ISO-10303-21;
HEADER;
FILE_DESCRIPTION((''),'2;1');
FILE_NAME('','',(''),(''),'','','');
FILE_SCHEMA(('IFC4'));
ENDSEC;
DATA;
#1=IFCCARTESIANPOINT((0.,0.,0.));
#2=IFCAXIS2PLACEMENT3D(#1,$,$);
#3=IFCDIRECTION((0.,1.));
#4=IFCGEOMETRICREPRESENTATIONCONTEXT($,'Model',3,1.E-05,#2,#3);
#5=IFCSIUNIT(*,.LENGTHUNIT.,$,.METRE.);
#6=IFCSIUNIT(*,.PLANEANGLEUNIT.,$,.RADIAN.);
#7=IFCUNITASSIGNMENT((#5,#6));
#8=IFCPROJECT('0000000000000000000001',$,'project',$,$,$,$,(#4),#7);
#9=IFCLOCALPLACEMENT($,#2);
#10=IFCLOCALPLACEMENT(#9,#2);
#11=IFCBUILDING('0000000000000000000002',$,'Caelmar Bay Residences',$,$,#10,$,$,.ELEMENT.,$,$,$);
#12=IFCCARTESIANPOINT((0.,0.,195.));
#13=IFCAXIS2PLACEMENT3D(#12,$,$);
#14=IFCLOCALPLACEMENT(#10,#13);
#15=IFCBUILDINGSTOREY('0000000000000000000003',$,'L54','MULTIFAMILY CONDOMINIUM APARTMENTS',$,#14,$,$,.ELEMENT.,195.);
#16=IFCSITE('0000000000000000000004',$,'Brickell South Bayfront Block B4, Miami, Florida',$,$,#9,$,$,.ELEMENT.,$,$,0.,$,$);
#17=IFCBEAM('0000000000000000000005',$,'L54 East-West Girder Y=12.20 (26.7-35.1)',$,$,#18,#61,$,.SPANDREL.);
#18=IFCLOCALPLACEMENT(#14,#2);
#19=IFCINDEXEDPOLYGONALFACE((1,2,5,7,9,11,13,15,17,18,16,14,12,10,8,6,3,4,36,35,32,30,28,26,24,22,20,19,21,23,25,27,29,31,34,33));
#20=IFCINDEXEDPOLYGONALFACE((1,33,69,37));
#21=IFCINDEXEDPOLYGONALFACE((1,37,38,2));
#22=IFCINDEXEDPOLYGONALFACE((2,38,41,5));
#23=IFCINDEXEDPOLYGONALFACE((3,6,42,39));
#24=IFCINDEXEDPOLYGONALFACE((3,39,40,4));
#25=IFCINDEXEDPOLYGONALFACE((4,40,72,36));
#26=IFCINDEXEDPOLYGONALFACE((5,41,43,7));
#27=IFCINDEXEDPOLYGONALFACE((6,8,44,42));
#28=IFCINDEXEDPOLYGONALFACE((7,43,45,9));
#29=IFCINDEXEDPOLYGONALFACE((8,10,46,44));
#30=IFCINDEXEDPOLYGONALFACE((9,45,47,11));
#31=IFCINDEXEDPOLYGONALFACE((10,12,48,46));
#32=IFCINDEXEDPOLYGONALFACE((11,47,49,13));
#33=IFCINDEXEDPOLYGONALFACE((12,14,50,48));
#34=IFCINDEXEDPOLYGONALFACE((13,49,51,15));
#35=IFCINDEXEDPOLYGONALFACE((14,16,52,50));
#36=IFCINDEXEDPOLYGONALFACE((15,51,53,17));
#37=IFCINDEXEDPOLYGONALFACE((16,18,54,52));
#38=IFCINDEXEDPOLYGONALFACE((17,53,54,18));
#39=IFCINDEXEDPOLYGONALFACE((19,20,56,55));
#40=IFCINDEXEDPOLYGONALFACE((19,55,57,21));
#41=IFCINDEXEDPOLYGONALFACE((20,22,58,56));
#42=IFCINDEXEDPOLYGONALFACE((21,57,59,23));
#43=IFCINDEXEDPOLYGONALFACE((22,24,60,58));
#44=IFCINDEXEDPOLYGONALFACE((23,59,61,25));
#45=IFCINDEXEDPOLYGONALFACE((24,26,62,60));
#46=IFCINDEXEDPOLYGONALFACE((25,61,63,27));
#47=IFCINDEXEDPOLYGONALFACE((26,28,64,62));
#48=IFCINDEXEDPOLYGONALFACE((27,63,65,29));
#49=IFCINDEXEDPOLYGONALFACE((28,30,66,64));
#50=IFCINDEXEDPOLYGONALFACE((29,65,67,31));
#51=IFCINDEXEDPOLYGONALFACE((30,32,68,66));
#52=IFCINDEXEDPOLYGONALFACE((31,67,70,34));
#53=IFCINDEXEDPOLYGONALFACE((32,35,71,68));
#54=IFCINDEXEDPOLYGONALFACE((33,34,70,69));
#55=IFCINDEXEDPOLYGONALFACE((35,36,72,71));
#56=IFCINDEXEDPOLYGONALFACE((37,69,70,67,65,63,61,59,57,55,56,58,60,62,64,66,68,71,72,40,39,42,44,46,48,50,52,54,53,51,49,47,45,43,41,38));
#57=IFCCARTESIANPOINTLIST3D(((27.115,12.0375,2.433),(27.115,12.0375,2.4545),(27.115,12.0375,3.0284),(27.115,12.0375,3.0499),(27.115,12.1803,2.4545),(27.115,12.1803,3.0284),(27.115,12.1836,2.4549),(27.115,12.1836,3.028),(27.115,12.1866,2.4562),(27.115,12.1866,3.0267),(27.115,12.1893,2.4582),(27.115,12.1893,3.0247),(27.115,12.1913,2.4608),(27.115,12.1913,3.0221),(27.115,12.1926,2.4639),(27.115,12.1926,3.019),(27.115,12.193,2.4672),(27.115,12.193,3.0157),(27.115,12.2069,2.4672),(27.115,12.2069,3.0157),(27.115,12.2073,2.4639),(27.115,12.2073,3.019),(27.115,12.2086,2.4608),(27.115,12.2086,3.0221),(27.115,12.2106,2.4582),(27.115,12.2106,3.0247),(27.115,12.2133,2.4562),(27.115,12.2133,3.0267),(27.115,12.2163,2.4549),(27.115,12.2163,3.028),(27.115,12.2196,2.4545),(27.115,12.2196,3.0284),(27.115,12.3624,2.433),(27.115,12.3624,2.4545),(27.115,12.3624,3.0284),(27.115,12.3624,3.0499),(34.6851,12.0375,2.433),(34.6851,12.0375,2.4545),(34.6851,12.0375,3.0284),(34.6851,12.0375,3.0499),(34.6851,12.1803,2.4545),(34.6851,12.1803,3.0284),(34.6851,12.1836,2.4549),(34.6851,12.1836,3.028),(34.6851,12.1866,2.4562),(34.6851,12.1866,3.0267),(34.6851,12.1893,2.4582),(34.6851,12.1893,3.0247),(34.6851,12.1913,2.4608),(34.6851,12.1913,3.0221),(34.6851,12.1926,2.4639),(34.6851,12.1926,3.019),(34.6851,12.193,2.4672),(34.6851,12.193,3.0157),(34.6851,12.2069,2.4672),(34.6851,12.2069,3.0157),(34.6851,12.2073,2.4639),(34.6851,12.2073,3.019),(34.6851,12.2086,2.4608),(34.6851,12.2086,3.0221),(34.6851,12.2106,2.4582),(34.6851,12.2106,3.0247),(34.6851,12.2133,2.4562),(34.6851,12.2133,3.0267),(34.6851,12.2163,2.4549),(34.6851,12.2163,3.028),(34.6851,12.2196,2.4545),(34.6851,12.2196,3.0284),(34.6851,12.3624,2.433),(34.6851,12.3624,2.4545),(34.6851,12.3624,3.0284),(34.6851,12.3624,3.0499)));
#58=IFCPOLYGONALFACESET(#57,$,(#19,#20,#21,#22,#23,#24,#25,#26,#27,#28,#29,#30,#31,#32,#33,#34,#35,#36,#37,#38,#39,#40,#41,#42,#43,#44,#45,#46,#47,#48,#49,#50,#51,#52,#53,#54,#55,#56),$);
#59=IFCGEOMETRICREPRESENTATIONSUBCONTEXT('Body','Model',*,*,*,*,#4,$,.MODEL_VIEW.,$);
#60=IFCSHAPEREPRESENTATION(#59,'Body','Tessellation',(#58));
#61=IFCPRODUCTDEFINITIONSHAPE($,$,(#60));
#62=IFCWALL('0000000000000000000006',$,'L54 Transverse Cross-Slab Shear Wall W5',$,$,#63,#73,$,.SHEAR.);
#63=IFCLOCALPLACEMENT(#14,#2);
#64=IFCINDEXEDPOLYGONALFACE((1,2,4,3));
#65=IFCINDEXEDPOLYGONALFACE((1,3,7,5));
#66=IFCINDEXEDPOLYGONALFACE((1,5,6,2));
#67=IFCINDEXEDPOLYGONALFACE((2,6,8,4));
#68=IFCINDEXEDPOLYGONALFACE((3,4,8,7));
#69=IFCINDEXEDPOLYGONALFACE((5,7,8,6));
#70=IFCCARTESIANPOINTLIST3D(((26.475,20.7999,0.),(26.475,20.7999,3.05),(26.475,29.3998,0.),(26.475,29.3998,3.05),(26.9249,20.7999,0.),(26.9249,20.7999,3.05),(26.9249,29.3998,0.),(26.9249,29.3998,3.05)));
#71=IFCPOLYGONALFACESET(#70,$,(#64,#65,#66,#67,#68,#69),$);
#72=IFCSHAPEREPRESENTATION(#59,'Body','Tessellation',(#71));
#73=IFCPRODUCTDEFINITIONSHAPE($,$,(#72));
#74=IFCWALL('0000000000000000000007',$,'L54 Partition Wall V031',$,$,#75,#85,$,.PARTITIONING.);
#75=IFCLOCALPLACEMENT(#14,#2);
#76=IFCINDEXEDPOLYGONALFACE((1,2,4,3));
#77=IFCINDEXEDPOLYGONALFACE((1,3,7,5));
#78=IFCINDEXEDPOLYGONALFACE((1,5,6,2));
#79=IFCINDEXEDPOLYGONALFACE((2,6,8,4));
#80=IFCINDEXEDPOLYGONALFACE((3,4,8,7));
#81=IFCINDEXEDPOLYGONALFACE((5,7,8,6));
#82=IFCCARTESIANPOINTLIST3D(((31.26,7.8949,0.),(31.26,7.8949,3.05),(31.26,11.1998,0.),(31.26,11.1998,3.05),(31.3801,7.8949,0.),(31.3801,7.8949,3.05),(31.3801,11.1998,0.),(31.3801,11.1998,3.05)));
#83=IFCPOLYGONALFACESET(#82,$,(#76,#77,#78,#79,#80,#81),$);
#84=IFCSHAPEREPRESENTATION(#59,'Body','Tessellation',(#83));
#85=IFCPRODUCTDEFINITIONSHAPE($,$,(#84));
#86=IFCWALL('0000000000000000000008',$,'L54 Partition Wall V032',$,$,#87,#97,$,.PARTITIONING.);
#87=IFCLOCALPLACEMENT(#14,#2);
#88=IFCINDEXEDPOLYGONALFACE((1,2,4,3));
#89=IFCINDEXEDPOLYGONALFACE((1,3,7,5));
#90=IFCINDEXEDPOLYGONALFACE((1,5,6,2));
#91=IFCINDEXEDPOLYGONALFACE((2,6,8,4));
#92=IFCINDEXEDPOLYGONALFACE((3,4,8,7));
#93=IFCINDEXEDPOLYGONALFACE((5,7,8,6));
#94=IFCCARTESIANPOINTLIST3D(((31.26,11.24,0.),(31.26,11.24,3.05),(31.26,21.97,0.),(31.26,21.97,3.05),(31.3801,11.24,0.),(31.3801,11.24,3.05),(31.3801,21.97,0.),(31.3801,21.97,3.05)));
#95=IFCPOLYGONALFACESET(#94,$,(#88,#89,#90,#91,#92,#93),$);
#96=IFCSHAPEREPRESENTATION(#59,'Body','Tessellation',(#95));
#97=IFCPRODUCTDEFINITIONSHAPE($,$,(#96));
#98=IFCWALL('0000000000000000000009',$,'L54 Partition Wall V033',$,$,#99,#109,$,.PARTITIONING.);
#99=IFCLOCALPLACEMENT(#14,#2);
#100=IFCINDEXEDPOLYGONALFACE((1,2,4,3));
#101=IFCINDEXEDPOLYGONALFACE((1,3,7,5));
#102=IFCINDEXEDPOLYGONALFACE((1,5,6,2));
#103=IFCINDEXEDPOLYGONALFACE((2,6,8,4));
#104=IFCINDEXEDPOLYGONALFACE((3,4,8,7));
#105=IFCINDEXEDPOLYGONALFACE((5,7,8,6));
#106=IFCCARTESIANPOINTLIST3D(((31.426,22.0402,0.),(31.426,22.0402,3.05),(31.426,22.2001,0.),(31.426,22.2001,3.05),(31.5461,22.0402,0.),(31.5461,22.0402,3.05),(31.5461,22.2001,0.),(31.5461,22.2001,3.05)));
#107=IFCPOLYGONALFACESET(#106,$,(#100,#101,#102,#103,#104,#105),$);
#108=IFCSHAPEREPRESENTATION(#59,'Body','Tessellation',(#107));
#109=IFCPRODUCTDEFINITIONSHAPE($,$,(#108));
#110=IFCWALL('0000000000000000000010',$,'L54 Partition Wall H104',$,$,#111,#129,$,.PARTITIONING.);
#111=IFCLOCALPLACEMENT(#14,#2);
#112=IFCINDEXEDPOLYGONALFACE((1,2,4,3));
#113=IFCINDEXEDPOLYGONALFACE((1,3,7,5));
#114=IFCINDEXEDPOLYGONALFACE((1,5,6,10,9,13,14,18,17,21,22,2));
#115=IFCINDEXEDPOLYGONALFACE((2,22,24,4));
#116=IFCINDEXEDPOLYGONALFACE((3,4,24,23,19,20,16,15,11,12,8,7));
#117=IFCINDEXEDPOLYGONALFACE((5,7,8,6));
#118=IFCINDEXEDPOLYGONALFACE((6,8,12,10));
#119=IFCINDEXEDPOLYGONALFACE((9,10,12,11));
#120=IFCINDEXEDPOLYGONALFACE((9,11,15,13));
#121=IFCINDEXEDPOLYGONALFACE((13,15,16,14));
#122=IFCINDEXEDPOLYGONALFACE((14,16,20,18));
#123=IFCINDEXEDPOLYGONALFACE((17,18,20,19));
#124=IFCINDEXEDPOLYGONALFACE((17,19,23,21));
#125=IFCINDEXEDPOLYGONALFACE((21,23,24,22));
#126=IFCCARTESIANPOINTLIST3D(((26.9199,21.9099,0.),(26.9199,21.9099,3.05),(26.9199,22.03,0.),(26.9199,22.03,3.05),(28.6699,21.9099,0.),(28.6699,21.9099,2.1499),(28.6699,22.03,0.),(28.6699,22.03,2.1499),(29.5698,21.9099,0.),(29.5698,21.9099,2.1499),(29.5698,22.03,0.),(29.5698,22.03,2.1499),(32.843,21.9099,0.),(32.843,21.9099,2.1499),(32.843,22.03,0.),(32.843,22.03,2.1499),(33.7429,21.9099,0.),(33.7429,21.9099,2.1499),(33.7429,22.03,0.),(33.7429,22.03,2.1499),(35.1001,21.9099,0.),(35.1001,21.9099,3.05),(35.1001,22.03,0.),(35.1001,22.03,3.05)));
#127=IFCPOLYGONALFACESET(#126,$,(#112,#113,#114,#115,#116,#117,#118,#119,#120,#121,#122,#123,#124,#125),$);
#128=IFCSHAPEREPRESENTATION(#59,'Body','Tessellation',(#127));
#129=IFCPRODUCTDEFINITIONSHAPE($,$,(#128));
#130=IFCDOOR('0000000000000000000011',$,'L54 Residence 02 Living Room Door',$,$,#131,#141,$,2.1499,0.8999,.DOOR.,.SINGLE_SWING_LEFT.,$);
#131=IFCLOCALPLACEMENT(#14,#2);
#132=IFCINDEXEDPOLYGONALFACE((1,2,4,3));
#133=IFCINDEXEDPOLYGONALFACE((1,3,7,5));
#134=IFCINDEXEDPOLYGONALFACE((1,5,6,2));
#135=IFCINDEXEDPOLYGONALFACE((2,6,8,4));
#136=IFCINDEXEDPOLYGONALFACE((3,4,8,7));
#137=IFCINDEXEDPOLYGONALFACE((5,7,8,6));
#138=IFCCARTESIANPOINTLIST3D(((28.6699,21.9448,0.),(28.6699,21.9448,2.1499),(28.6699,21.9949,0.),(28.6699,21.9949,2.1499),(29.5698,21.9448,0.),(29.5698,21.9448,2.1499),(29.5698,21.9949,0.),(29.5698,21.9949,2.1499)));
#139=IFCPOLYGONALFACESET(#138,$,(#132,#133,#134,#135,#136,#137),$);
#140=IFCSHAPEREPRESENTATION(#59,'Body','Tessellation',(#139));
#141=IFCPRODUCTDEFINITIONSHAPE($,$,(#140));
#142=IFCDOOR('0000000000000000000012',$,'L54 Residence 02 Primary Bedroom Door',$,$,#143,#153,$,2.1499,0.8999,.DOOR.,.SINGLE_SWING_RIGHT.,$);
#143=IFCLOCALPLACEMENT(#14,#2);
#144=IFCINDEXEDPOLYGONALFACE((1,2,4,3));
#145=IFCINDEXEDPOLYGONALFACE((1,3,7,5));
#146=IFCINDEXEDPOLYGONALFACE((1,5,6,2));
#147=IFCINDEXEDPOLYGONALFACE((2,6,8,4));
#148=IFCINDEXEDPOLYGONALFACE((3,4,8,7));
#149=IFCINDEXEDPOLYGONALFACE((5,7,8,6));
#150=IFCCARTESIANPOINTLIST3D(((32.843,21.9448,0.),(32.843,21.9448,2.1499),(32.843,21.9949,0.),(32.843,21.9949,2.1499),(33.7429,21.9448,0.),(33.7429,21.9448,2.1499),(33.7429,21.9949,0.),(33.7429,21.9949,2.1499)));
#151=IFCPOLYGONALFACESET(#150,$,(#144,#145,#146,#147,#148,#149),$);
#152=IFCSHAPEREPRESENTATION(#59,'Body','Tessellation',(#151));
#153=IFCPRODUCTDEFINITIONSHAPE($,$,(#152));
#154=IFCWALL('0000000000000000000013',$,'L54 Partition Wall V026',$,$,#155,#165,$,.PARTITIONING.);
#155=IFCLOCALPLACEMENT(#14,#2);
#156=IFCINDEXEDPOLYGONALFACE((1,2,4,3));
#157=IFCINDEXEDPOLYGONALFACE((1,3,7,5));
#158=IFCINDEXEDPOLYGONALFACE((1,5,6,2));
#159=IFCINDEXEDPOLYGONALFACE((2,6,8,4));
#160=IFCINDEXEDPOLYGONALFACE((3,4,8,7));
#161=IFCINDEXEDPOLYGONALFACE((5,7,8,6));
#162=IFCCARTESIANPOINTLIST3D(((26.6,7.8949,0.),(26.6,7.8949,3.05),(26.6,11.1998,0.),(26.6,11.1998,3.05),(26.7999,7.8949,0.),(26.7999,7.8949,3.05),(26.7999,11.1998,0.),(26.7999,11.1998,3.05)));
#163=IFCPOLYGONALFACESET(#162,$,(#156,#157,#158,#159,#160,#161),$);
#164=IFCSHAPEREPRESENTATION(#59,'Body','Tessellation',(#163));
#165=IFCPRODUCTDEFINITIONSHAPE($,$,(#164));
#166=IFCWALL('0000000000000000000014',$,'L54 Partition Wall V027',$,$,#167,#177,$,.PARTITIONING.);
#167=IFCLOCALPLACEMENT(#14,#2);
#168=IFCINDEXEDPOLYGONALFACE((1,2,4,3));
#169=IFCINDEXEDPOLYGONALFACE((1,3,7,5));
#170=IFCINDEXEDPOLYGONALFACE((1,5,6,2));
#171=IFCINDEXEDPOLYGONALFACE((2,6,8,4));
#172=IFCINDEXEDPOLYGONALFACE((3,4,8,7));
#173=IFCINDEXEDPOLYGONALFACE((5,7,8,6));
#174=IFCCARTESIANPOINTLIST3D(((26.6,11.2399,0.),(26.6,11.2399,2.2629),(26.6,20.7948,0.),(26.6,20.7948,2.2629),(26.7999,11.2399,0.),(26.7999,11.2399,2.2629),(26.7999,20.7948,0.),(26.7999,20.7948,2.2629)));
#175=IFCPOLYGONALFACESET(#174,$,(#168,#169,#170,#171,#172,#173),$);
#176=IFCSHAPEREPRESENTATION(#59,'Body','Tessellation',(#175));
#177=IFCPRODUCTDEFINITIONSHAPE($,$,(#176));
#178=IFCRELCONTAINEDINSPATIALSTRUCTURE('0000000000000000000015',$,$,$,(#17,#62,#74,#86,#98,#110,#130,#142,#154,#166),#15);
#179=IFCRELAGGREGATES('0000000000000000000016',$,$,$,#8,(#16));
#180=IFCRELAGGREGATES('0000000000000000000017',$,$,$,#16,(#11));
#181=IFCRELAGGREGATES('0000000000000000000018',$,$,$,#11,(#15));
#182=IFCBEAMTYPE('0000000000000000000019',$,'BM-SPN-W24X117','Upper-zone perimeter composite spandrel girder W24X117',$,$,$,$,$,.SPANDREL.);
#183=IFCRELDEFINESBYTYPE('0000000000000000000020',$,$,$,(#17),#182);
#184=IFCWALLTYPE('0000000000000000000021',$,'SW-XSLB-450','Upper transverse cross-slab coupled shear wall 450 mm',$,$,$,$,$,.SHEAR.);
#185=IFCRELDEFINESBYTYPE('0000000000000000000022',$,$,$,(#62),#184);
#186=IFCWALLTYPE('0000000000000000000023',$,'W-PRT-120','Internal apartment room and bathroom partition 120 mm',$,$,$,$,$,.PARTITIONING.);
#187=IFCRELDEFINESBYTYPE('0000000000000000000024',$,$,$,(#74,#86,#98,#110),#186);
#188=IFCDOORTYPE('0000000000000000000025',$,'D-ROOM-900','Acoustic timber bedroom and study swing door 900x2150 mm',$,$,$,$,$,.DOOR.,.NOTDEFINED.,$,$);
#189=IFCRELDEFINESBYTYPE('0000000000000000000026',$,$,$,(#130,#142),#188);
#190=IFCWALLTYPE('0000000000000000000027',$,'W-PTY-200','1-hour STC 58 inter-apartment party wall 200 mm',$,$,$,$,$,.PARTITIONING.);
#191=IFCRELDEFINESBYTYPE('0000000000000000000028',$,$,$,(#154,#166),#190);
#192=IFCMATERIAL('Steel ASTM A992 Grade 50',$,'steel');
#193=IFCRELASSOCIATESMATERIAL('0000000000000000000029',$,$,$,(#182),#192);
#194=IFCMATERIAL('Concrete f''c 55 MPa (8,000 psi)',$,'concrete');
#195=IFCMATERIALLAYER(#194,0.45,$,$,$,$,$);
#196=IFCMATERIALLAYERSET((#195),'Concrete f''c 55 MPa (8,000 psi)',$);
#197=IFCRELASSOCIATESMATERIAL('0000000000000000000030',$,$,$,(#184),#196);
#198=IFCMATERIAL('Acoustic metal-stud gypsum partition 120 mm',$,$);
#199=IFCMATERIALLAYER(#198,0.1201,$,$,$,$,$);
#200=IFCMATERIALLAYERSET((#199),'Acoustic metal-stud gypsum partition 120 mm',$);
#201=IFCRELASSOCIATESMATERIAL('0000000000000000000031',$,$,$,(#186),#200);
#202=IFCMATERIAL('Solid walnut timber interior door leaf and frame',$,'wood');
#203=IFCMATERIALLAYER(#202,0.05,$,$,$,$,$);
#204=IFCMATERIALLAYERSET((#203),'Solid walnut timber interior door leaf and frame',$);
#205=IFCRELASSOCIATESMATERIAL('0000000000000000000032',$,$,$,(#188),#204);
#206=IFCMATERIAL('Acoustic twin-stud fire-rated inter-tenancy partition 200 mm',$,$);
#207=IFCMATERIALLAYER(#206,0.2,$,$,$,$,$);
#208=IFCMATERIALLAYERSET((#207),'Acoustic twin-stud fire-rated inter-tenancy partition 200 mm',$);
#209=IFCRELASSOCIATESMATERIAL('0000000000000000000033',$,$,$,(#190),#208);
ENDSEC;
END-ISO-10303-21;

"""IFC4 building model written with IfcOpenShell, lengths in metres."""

from ifc_helpers import new_model, si_unit, direction, frame, frame_2d, origin, origin_2d, place, context, subcontext, project, spatial, rectangle, i_section, extrude, material, layer, layer_set, material_profile, profile_set, type_object, element, fill, save


model = new_model("IFC4")

# Units and contexts
model_context = context("Model", 3, precision=1e-05, world=origin(), true_north=direction((0.0, 1.0)))
body_context = subcontext(model_context, "Body", "Model", "MODEL_VIEW")
ifc_project = project(units=[si_unit("LENGTHUNIT", "METRE"), si_unit("PLANEANGLEUNIT", "RADIAN")], contexts=[model_context])

# Site, building, storey
site_placement = place(None, origin())
site = spatial("IfcSite", under=ifc_project, at=site_placement, Name="Brickell South Bayfront Block B4, Miami, Florida", CompositionType="ELEMENT", RefElevation=0.0)
building_placement = place(site_placement, origin())
building = spatial("IfcBuilding", under=site, at=building_placement, Name="Caelmar Bay Residences", CompositionType="ELEMENT")
storey_placement = place(building_placement, frame((0.0, 0.0, 195.0)))
storey = spatial("IfcBuildingStorey", under=building, at=storey_placement, Name="L54", Description="MULTIFAMILY CONDOMINIUM APARTMENTS", CompositionType="ELEMENT", Elevation=195.0)

# Shared definitions
ifc_material_1 = material(Name="Concrete f'c 55 MPa (8,000 psi)", Category="concrete")

# Beam
ifc_material_2 = material(Name="Steel ASTM A992 Grade 50", Category="steel")
ifc_material_profile_1 = material_profile(ifc_material_2, i_section(OverallWidth=0.325, OverallDepth=0.6169, WebThickness=0.0139, FlangeThickness=0.0215, FilletRadius=0.0127, at=origin_2d()), Name="W24X117")
ifc_profile_set_1 = profile_set([ifc_material_profile_1], Name="Steel ASTM A992 Grade 50")
beam_type_1 = type_object("IfcBeamType", Name="BM-SPN-W24X117", Description="Upper-zone perimeter composite spandrel girder W24X117", PredefinedType="SPANDREL", material=ifc_profile_set_1)
beam_1_placement = place(storey_placement, frame((27.115, 12.2, 2.7415), z_axis=(1.0, 0.0, 0.0), x_axis=(0.0, 1.0, 0.0)))
element("IfcBeam", 1, at=beam_1_placement, inside=storey, type_object=beam_type_1, Name="L54 East-West Girder Y=12.20 (26.7-35.1)", PredefinedType="SPANDREL", context=body_context, shape_type="SweptSolid", body=[
    extrude(i_section(OverallWidth=0.325, OverallDepth=0.6169, WebThickness=0.0139, FlangeThickness=0.0215, FilletRadius=0.0127, at=origin_2d()), origin(), (0.0, 0.0, 1.0), 7.5701),
])

# Walls
ifc_layer_1 = layer(ifc_material_1, 0.45)
ifc_layer_set_1 = layer_set([ifc_layer_1], Name="Concrete f'c 55 MPa (8,000 psi)")
wall_type_1 = type_object("IfcWallType", Name="SW-XSLB-450", Description="Upper transverse cross-slab coupled shear wall 450 mm", PredefinedType="SHEAR", material=ifc_layer_set_1)
wall_1_placement = place(storey_placement, frame((26.7, 20.8, 0.0), z_axis=(0.0, 0.0, 1.0), x_axis=(0.0, 1.0, 0.0)))
element("IfcWall", 2, at=wall_1_placement, inside=storey, type_object=wall_type_1, Name="L54 Transverse Cross-Slab Shear Wall W5", PredefinedType="SHEAR", context=body_context, shape_type="SweptSolid", body=[
    extrude(rectangle(XDim=8.5999, YDim=0.45, at=frame_2d((4.2998, 0.0))), origin(), (0.0, 0.0, 1.0), 3.05),
])
ifc_material_3 = material(Name="Acoustic metal-stud gypsum partition 120 mm")
ifc_layer_2 = layer(ifc_material_3, 0.1201)
ifc_layer_set_2 = layer_set([ifc_layer_2], Name="Acoustic metal-stud gypsum partition 120 mm")
wall_type_2 = type_object("IfcWallType", Name="W-PRT-120", Description="Internal apartment room and bathroom partition 120 mm", PredefinedType="PARTITIONING", material=ifc_layer_set_2)
wall_2_placement = place(storey_placement, frame((31.3201, 7.895, 0.0), z_axis=(0.0, 0.0, 1.0), x_axis=(0.0, 1.0, 0.0)))
element("IfcWall", 3, at=wall_2_placement, inside=storey, type_object=wall_type_2, Name="L54 Partition Wall V031", PredefinedType="PARTITIONING", context=body_context, shape_type="SweptSolid", body=[
    extrude(rectangle(XDim=3.3049, YDim=0.1201, at=frame_2d((1.6523, 0.0))), origin(), (0.0, 0.0, 1.0), 3.05),
])
wall_3_placement = place(storey_placement, frame((31.3201, 11.24, 0.0), z_axis=(0.0, 0.0, 1.0), x_axis=(0.0, 1.0, 0.0)))
element("IfcWall", 4, at=wall_3_placement, inside=storey, type_object=wall_type_2, Name="L54 Partition Wall V032", PredefinedType="PARTITIONING", context=body_context, shape_type="SweptSolid", body=[
    extrude(rectangle(XDim=10.73, YDim=0.1201, at=frame_2d((5.365, 0.0))), origin(), (0.0, 0.0, 1.0), 3.05),
])
wall_4_placement = place(storey_placement, frame((31.4861, 22.04, 0.0), z_axis=(0.0, 0.0, 1.0), x_axis=(0.0, 1.0, 0.0)))
element("IfcWall", 5, at=wall_4_placement, inside=storey, type_object=wall_type_2, Name="L54 Partition Wall V033", PredefinedType="PARTITIONING", context=body_context, shape_type="SweptSolid", body=[
    extrude(rectangle(XDim=0.1599, YDim=0.1201, at=frame_2d((0.0801, 0.0))), origin(), (0.0, 0.0, 1.0), 3.05),
])

# Wall, openings, doors
wall_5_placement = place(storey_placement, frame((26.9199, 21.97, 0.0), z_axis=(0.0, 0.0, 1.0), x_axis=(1.0, 0.0, 0.0)))
wall_5 = element("IfcWall", 6, at=wall_5_placement, inside=storey, type_object=wall_type_2, Name="L54 Partition Wall H104", PredefinedType="PARTITIONING", context=body_context, shape_type="SweptSolid", body=[
    extrude(rectangle(XDim=8.1802, YDim=0.1201, at=frame_2d((4.0901, 0.0))), origin(), (0.0, 0.0, 1.0), 3.05),
])
opening_1_placement = place(wall_5_placement, frame((1.75, 0.0, 0.0)))
opening_1 = element("IfcOpeningElement", 7, at=opening_1_placement, cuts=wall_5, PredefinedType="OPENING", context=body_context, shape_type="SweptSolid", body=[
    extrude(rectangle(XDim=0.8999, YDim=2.1499, at=frame_2d((0.45, 1.075))), frame((0.0, 0.0701, 0.0), z_axis=(0.0, -1.0, 0.0), x_axis=(1.0, 0.0, 0.0)), (0.0, 0.0, 1.0), 0.1401),
])
opening_2_placement = place(wall_5_placement, frame((5.9231, 0.0, 0.0)))
opening_2 = element("IfcOpeningElement", 8, at=opening_2_placement, cuts=wall_5, PredefinedType="OPENING", context=body_context, shape_type="SweptSolid", body=[
    extrude(rectangle(XDim=0.8999, YDim=2.1499, at=frame_2d((0.45, 1.075))), frame((0.0, 0.0701, 0.0), z_axis=(0.0, -1.0, 0.0), x_axis=(1.0, 0.0, 0.0)), (0.0, 0.0, 1.0), 0.1401),
])
ifc_material_4 = material(Name="Solid walnut timber interior door leaf and frame", Category="wood")
ifc_layer_3 = layer(ifc_material_4, 0.05)
ifc_layer_set_3 = layer_set([ifc_layer_3], Name="Solid walnut timber interior door leaf and frame")
door_type = type_object("IfcDoorType", Name="D-ROOM-900", Description="Acoustic timber bedroom and study swing door 900x2150 mm", OperationType="NOTDEFINED", PredefinedType="DOOR", material=ifc_layer_set_3)
door_1_placement = place(opening_1_placement, origin())
door_1 = element("IfcDoor", 9, at=door_1_placement, inside=storey, type_object=door_type, Name="L54 Residence 02 Living Room Door", OperationType="SINGLE_SWING_LEFT", OverallHeight=2.1499, OverallWidth=0.8999, PredefinedType="DOOR", context=body_context, shape_type="SweptSolid", body=[
    extrude(rectangle(XDim=0.8999, YDim=2.1499, at=frame_2d((0.45, 1.075))), frame((0.0, 0.0249, 0.0), z_axis=(0.0, -1.0, 0.0), x_axis=(1.0, 0.0, 0.0)), (0.0, 0.0, 1.0), 0.05),
])
fill(opening_1, door_1)
door_2_placement = place(opening_2_placement, origin())
door_2 = element("IfcDoor", 10, at=door_2_placement, inside=storey, type_object=door_type, Name="L54 Residence 02 Primary Bedroom Door", OperationType="SINGLE_SWING_RIGHT", OverallHeight=2.1499, OverallWidth=0.8999, PredefinedType="DOOR", context=body_context, shape_type="SweptSolid", body=[
    extrude(rectangle(XDim=0.8999, YDim=2.1499, at=frame_2d((0.45, 1.075))), frame((0.0, 0.0249, 0.0), z_axis=(0.0, -1.0, 0.0), x_axis=(1.0, 0.0, 0.0)), (0.0, 0.0, 1.0), 0.05),
])
fill(opening_2, door_2)

# Walls
ifc_material_5 = material(Name="Acoustic twin-stud fire-rated inter-tenancy partition 200 mm")
ifc_layer_4 = layer(ifc_material_5, 0.2)
ifc_layer_set_4 = layer_set([ifc_layer_4], Name="Acoustic twin-stud fire-rated inter-tenancy partition 200 mm")
wall_type_3 = type_object("IfcWallType", Name="W-PTY-200", Description="1-hour STC 58 inter-apartment party wall 200 mm", PredefinedType="PARTITIONING", material=ifc_layer_set_4)
wall_6_placement = place(storey_placement, frame((26.7, 7.895, 0.0), z_axis=(0.0, 0.0, 1.0), x_axis=(0.0, 1.0, 0.0)))
element("IfcWall", 11, at=wall_6_placement, inside=storey, type_object=wall_type_3, Name="L54 Partition Wall V026", PredefinedType="PARTITIONING", context=body_context, shape_type="SweptSolid", body=[
    extrude(rectangle(XDim=3.3049, YDim=0.2, at=frame_2d((1.6523, 0.0))), origin(), (0.0, 0.0, 1.0), 3.05),
])
wall_7_placement = place(storey_placement, frame((26.7, 11.24, 0.0), z_axis=(0.0, 0.0, 1.0), x_axis=(0.0, 1.0, 0.0)))
element("IfcWall", 12, at=wall_7_placement, inside=storey, type_object=wall_type_3, Name="L54 Partition Wall V027", PredefinedType="PARTITIONING", context=body_context, shape_type="SweptSolid", body=[
    extrude(rectangle(XDim=9.5549, YDim=0.2, at=frame_2d((4.7773, 0.0))), origin(), (0.0, 0.0, 1.0), 2.2629),
])

save(model, "model.ifc")
